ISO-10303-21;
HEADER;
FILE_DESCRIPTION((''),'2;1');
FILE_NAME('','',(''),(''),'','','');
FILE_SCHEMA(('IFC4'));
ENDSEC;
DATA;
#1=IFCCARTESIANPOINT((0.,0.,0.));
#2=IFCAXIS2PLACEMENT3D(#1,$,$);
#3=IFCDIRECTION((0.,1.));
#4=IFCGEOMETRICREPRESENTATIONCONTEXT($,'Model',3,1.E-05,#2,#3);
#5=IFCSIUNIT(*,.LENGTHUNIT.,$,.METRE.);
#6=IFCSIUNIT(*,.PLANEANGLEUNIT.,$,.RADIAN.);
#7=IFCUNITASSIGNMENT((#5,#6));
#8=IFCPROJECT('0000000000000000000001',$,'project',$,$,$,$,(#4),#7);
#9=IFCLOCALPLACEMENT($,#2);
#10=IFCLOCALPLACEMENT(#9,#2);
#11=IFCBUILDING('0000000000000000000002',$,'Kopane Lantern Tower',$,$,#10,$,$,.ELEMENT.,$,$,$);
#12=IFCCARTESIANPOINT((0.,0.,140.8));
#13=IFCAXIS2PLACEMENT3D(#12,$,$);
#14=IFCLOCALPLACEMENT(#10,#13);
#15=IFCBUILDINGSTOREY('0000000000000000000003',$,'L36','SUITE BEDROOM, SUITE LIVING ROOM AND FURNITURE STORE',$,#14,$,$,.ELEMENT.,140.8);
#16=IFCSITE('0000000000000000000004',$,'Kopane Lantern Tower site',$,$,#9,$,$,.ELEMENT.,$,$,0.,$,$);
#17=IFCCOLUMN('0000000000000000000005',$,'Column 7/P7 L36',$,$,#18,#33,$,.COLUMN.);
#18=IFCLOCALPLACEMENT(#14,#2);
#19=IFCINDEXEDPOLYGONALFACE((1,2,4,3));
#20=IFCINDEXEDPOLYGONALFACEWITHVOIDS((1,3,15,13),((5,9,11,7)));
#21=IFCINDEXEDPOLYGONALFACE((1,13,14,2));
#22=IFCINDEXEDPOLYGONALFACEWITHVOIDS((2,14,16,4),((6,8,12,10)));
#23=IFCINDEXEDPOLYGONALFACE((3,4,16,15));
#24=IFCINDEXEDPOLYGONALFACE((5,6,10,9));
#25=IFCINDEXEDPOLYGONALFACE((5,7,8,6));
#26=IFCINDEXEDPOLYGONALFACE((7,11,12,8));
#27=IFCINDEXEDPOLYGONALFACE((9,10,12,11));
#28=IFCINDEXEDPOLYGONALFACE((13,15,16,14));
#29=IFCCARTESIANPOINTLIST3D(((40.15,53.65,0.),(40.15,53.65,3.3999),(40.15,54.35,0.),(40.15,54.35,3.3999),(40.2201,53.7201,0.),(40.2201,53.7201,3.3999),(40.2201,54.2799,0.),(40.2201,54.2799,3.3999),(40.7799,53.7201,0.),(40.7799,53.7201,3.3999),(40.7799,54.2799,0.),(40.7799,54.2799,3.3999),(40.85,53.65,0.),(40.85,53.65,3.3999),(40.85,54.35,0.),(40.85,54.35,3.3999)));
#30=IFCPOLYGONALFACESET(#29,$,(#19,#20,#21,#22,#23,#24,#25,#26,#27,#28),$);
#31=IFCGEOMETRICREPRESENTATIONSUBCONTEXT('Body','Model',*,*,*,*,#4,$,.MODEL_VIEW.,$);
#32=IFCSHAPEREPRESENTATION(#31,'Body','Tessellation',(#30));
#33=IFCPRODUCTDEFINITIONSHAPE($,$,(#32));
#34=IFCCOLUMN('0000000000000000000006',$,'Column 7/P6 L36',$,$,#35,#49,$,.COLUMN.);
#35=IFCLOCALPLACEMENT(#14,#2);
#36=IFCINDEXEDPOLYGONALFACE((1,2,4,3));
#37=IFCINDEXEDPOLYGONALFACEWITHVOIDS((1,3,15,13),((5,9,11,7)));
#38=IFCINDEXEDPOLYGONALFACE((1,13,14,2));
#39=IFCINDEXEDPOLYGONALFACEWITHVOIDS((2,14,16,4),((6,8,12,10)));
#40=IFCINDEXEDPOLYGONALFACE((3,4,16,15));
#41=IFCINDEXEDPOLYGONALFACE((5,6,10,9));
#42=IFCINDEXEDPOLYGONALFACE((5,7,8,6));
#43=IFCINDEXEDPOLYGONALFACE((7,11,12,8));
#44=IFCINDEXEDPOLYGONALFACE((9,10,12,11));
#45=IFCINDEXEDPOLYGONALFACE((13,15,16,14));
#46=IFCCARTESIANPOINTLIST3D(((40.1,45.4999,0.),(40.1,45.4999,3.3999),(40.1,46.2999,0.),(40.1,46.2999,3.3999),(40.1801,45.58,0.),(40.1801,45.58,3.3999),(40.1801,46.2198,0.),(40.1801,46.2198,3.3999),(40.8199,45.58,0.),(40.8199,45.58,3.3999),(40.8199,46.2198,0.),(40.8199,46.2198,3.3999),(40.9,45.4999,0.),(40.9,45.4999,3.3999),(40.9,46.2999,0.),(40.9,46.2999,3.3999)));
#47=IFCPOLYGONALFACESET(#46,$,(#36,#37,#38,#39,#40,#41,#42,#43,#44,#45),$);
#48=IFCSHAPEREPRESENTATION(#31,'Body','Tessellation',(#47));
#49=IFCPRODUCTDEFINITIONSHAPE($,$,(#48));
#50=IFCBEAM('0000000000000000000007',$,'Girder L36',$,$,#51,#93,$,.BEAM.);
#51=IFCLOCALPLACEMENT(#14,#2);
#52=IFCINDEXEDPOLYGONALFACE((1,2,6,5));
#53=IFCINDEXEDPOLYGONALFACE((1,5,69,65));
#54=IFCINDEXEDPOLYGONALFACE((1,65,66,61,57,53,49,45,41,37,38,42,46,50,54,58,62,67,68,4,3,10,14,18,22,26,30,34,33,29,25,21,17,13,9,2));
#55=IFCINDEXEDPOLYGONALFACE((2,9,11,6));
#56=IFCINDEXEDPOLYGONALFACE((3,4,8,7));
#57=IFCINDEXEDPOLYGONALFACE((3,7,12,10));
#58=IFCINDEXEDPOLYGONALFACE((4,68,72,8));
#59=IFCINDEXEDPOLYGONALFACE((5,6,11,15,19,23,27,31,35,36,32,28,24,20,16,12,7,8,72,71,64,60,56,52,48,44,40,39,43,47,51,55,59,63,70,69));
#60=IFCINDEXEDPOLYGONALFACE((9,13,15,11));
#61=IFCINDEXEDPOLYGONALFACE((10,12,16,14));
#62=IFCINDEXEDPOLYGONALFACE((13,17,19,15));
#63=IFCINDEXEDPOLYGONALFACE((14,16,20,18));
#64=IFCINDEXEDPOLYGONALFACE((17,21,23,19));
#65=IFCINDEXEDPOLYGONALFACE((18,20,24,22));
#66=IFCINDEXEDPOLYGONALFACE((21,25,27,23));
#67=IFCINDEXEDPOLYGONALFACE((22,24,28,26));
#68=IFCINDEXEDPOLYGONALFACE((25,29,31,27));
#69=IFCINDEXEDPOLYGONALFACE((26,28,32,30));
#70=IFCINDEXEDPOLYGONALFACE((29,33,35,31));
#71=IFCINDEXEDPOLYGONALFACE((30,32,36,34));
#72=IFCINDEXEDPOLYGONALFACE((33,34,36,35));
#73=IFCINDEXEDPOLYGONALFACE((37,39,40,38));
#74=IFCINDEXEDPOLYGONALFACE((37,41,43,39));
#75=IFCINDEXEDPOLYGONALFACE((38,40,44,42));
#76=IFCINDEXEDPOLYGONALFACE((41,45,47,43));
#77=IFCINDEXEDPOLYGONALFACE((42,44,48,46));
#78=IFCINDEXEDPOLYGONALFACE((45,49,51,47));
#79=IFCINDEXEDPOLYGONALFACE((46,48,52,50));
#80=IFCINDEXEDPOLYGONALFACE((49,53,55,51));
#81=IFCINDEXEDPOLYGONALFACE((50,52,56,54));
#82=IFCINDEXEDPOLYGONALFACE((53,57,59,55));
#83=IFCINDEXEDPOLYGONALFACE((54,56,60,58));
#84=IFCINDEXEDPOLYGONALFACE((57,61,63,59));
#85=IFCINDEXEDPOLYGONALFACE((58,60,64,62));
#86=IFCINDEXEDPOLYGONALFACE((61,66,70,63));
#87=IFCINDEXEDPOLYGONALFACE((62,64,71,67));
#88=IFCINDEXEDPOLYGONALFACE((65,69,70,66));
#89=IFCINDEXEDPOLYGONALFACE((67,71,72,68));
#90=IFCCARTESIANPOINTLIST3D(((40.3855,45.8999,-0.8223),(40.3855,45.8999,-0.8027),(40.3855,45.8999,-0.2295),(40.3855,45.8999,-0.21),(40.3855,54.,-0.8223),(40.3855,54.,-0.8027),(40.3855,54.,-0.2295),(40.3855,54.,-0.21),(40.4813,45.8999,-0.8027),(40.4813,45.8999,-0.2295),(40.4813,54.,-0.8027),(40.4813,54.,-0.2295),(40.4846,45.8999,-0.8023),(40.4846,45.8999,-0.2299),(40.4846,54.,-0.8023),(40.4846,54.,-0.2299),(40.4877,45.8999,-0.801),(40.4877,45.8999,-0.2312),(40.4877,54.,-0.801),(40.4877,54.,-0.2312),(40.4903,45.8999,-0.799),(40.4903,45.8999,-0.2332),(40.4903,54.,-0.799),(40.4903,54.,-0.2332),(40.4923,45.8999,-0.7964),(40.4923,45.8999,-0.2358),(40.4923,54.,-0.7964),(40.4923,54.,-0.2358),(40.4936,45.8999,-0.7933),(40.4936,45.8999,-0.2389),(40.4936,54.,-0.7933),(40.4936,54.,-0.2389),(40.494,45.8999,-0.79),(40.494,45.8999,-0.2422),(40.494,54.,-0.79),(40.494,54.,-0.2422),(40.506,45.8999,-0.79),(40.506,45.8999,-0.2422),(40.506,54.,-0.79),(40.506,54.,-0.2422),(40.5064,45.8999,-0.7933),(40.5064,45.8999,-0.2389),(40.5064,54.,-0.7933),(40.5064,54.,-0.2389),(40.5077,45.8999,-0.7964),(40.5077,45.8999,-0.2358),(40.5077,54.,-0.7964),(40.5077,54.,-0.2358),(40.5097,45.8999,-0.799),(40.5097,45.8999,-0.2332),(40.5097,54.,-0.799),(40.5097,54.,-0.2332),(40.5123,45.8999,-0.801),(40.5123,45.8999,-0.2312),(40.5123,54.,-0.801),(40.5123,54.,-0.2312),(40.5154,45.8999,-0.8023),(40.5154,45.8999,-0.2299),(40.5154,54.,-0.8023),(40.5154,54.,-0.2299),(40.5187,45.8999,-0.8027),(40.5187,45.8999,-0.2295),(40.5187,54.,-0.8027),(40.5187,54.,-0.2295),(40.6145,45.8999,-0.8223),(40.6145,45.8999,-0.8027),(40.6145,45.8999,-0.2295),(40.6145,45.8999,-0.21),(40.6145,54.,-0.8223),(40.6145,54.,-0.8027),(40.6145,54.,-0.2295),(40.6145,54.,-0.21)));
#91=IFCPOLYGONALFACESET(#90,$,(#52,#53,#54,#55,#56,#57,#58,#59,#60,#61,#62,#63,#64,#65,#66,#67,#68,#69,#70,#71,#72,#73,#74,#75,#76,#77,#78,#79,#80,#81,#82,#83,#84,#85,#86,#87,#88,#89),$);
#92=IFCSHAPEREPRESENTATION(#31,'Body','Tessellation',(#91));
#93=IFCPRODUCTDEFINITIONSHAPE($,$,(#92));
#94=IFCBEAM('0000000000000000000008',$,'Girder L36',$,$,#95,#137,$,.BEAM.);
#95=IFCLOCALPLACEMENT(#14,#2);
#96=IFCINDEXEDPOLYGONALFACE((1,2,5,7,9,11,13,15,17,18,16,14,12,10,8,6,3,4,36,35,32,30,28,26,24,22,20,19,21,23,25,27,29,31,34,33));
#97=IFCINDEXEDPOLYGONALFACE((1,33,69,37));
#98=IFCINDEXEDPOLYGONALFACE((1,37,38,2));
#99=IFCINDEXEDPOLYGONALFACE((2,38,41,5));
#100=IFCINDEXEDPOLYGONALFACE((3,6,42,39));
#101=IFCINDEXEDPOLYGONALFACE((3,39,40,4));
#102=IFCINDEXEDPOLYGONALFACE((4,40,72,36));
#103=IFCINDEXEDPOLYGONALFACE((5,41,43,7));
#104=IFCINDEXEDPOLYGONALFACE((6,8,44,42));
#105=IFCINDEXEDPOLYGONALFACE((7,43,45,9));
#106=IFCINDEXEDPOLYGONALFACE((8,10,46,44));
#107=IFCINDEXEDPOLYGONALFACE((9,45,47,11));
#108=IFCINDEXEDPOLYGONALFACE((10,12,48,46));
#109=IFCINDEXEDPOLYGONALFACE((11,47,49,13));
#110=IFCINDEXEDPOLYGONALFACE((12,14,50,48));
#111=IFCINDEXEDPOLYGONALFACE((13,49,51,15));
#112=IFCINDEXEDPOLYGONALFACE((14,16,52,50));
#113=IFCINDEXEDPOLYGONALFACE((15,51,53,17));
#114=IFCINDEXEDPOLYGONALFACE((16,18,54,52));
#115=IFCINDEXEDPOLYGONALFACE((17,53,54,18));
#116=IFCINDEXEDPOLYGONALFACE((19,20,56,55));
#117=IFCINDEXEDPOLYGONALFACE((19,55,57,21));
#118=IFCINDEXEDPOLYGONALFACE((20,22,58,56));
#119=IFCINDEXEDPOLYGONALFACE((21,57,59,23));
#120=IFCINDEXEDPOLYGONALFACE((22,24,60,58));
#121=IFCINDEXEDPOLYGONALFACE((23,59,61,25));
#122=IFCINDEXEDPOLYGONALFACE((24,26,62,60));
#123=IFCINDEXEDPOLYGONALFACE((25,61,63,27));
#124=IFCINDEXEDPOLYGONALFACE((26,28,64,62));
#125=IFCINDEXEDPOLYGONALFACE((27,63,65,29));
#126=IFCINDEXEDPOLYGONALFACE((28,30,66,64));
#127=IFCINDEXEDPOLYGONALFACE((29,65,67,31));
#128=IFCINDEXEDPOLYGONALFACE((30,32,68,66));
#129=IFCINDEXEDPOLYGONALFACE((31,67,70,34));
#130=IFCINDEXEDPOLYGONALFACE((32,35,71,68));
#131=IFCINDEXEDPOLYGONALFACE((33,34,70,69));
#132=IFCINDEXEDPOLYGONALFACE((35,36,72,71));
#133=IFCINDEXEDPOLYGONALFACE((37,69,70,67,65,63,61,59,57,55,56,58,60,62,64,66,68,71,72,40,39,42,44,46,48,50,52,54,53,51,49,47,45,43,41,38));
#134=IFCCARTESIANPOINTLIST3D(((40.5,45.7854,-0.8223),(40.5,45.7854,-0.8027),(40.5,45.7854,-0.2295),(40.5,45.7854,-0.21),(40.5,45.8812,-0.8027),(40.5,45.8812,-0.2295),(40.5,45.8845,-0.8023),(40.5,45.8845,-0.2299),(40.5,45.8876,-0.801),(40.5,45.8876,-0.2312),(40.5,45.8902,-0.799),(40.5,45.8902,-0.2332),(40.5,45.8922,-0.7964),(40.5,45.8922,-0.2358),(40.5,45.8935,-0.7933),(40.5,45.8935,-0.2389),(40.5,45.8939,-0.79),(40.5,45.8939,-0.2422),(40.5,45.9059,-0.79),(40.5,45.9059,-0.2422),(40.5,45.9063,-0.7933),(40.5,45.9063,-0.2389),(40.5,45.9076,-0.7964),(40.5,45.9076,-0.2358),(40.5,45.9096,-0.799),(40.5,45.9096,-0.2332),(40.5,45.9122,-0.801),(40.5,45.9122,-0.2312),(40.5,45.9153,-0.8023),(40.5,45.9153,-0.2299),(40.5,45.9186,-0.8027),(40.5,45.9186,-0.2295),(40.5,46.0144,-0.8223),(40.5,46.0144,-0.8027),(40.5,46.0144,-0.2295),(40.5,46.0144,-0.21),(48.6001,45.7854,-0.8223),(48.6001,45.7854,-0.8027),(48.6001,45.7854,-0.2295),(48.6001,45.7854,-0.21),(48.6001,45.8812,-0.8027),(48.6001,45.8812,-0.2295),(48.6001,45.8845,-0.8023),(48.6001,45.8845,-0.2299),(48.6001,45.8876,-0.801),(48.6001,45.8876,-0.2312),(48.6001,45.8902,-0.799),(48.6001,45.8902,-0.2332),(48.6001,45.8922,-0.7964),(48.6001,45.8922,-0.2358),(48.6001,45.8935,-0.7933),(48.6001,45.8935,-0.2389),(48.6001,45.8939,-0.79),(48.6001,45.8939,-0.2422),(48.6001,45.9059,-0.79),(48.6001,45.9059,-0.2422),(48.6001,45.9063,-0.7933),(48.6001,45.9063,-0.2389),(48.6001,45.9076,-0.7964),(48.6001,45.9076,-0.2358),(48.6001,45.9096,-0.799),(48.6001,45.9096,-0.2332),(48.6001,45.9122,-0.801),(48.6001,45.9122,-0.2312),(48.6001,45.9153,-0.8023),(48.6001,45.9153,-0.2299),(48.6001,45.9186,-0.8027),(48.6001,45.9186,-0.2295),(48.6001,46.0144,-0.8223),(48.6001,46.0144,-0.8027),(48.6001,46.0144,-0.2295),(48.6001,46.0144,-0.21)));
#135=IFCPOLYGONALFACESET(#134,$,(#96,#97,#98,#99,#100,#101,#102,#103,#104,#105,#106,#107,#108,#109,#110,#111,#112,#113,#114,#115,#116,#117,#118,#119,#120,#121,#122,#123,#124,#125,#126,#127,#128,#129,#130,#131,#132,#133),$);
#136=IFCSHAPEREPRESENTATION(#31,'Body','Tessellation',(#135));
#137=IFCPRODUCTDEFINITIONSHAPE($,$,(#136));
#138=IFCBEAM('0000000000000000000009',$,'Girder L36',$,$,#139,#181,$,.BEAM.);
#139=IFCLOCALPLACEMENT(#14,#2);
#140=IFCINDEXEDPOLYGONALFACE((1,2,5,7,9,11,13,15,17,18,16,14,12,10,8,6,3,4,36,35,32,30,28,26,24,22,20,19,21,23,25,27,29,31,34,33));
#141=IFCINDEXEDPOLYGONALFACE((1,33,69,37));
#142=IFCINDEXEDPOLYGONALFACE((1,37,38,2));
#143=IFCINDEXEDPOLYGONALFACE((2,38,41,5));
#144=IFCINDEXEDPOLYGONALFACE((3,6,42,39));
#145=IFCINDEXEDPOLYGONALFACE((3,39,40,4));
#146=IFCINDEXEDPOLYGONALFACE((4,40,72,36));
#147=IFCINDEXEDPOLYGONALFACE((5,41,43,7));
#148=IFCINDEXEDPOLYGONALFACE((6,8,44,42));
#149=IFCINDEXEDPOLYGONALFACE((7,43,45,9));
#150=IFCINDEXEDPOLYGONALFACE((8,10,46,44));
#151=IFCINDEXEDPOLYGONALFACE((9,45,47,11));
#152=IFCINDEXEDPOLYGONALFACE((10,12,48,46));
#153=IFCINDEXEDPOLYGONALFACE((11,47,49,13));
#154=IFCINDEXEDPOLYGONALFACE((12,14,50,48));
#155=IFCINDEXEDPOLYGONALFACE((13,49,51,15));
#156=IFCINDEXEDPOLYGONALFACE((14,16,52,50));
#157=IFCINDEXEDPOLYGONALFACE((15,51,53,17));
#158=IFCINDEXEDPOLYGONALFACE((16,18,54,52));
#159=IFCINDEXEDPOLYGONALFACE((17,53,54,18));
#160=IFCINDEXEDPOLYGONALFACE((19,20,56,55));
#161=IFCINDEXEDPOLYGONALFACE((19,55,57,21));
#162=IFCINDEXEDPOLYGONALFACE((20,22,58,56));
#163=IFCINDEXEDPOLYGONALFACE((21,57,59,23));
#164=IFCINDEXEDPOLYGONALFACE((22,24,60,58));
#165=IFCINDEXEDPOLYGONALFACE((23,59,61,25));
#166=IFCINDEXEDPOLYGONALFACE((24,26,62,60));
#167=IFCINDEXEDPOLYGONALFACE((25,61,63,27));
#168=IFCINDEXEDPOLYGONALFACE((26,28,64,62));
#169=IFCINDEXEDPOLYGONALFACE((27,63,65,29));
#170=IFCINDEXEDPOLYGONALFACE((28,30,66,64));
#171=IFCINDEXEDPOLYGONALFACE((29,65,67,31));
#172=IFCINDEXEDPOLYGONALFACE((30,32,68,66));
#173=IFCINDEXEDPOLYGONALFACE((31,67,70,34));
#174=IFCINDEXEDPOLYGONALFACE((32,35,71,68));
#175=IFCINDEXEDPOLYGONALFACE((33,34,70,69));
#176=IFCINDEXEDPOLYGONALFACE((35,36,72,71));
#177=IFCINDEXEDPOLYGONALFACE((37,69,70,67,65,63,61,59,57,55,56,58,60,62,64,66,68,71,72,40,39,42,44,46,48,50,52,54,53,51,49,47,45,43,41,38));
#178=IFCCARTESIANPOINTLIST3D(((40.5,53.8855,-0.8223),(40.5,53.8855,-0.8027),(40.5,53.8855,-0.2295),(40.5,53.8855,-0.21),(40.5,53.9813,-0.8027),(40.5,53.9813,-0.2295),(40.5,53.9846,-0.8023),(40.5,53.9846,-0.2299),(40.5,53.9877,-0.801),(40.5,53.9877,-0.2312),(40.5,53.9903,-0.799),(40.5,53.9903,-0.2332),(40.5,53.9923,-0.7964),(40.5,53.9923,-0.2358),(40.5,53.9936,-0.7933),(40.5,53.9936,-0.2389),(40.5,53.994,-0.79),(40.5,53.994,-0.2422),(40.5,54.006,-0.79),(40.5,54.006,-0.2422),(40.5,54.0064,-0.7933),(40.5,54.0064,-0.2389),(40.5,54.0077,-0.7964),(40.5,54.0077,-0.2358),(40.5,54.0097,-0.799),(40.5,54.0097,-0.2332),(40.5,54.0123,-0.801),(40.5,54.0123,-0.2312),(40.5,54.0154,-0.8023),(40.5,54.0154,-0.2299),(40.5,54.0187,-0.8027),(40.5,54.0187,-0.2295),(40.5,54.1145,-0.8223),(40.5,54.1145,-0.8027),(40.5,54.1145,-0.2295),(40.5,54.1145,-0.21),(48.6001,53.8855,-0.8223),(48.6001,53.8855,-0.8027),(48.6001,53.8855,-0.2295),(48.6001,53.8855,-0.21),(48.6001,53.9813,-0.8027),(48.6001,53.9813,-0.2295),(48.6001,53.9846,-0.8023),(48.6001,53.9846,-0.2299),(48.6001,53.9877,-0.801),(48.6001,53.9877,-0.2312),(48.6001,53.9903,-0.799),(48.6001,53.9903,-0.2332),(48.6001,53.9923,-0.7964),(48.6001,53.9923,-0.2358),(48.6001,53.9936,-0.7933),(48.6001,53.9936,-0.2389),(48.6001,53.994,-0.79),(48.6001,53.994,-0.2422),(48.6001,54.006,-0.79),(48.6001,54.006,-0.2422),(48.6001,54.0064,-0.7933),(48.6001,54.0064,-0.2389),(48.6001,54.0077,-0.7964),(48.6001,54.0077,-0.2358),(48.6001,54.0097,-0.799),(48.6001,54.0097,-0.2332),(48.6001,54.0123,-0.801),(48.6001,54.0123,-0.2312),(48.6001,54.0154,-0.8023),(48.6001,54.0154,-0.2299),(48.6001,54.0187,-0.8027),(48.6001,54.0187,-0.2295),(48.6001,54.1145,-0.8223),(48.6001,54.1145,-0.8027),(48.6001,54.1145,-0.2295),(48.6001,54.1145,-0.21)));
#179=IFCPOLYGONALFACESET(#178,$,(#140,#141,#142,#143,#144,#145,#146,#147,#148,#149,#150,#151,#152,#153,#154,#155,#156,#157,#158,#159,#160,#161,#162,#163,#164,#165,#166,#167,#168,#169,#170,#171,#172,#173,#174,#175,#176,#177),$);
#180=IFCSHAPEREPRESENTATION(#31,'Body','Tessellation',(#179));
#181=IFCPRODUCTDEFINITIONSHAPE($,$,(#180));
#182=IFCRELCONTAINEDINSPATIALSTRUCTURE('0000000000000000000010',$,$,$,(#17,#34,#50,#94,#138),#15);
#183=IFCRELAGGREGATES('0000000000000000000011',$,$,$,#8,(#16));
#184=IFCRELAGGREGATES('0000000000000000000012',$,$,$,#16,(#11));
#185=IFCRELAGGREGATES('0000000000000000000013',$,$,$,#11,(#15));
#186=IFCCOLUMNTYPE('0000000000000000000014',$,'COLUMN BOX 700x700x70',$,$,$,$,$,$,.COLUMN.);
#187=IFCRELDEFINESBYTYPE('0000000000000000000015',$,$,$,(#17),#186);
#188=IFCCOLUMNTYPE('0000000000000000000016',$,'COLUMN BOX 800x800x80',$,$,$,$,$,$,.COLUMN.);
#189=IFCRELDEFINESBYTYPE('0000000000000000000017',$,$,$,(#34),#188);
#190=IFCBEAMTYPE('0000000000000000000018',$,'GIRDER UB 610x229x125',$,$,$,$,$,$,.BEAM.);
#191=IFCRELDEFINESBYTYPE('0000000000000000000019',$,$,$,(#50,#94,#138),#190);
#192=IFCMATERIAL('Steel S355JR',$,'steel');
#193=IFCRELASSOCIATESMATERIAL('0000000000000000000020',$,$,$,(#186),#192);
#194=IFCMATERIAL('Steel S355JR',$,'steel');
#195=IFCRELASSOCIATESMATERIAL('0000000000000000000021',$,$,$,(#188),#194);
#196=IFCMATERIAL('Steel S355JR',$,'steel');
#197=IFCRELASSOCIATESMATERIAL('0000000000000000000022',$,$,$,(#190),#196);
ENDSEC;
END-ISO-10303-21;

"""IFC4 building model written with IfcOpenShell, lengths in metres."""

from ifc_helpers import new_model, si_unit, direction, frame, origin, origin_2d, place, context, subcontext, project, spatial, hollow_rectangle, i_section, extrude, material, material_profile, profile_set, type_object, element, save


model = new_model("IFC4")

# Units and contexts
model_context = context("Model", 3, precision=1e-05, world=origin(), true_north=direction((0.0, 1.0)))
body_context = subcontext(model_context, "Body", "Model", "MODEL_VIEW")
ifc_project = project(units=[si_unit("LENGTHUNIT", "METRE"), si_unit("PLANEANGLEUNIT", "RADIAN")], contexts=[model_context])

# Site, building, storey
site_placement = place(None, origin())
site = spatial("IfcSite", under=ifc_project, at=site_placement, Name="Kopane Lantern Tower site", CompositionType="ELEMENT", RefElevation=0.0)
building_placement = place(site_placement, origin())
building = spatial("IfcBuilding", under=site, at=building_placement, Name="Kopane Lantern Tower", CompositionType="ELEMENT")
storey_placement = place(building_placement, frame((0.0, 0.0, 140.8)))
storey = spatial("IfcBuildingStorey", under=building, at=storey_placement, Name="L36", Description="SUITE BEDROOM, SUITE LIVING ROOM AND FURNITURE STORE", CompositionType="ELEMENT", Elevation=140.8)

# Columns
ifc_material_1 = material(Name="Steel S355JR", Category="steel")
ifc_material_profile_1 = material_profile(ifc_material_1, hollow_rectangle(XDim=0.7, YDim=0.7, WallThickness=0.0701, at=origin_2d()), Name="BOX 700x700x70")
ifc_profile_set_1 = profile_set([ifc_material_profile_1], Name="Steel S355JR")
column_type_1 = type_object("IfcColumnType", Name="COLUMN BOX 700x700x70", PredefinedType="COLUMN", material=ifc_profile_set_1)
column_1_placement = place(storey_placement, frame((40.5, 54.0, 0.0), z_axis=(0.0, 0.0, 1.0), x_axis=(1.0, 0.0, 0.0)))
element("IfcColumn", 1, at=column_1_placement, inside=storey, type_object=column_type_1, Name="Column 7/P7 L36", PredefinedType="COLUMN", context=body_context, shape_type="SweptSolid", body=[
    extrude(hollow_rectangle(XDim=0.7, YDim=0.7, WallThickness=0.0701, at=origin_2d()), origin(), (0.0, 0.0, 1.0), 3.3999),
])
ifc_material_2 = material(Name="Steel S355JR", Category="steel")
ifc_material_profile_2 = material_profile(ifc_material_2, hollow_rectangle(XDim=0.8, YDim=0.8, WallThickness=0.0801, at=origin_2d()), Name="BOX 800x800x80")
ifc_profile_set_2 = profile_set([ifc_material_profile_2], Name="Steel S355JR")
column_type_2 = type_object("IfcColumnType", Name="COLUMN BOX 800x800x80", PredefinedType="COLUMN", material=ifc_profile_set_2)
column_2_placement = place(storey_placement, frame((40.5, 45.8999, 0.0), z_axis=(0.0, 0.0, 1.0), x_axis=(1.0, 0.0, 0.0)))
element("IfcColumn", 2, at=column_2_placement, inside=storey, type_object=column_type_2, Name="Column 7/P6 L36", PredefinedType="COLUMN", context=body_context, shape_type="SweptSolid", body=[
    extrude(hollow_rectangle(XDim=0.8, YDim=0.8, WallThickness=0.0801, at=origin_2d()), origin(), (0.0, 0.0, 1.0), 3.3999),
])

# Beams
ifc_material_3 = material(Name="Steel S355JR", Category="steel")
ifc_material_profile_3 = material_profile(ifc_material_3, i_section(OverallWidth=0.229, OverallDepth=0.6123, WebThickness=0.012, FlangeThickness=0.0195, FilletRadius=0.0127, at=origin_2d()), Name="UB 610x229x125")
ifc_profile_set_3 = profile_set([ifc_material_profile_3], Name="Steel S355JR")
beam_type = type_object("IfcBeamType", Name="GIRDER UB 610x229x125", PredefinedType="BEAM", material=ifc_profile_set_3)
for number, where, z_axis, x_axis, name in (
    (3, (40.5, 45.8999, -0.5161), (0.0, 1.0, 0.0), (-1.0, 0.0, 0.0), "Girder L36"),
    (4, (40.5, 45.8999, -0.5161), (1.0, 0.0, 0.0), (0.0, 1.0, 0.0), "Girder L36"),
    (5, (40.5, 54.0, -0.5161), (1.0, 0.0, 0.0), (0.0, 1.0, 0.0), "Girder L36"),
):
    element("IfcBeam", number, at=place(storey_placement, frame(where, z_axis=z_axis, x_axis=x_axis)), inside=storey, type_object=beam_type, Name=name, PredefinedType="BEAM", context=body_context, shape_type="SweptSolid", body=[
        extrude(i_section(OverallWidth=0.229, OverallDepth=0.6123, WebThickness=0.012, FlangeThickness=0.0195, FilletRadius=0.0127, at=origin_2d()), origin(), (0.0, 0.0, 1.0), 8.1001),
    ])

save(model, "model.ifc")
